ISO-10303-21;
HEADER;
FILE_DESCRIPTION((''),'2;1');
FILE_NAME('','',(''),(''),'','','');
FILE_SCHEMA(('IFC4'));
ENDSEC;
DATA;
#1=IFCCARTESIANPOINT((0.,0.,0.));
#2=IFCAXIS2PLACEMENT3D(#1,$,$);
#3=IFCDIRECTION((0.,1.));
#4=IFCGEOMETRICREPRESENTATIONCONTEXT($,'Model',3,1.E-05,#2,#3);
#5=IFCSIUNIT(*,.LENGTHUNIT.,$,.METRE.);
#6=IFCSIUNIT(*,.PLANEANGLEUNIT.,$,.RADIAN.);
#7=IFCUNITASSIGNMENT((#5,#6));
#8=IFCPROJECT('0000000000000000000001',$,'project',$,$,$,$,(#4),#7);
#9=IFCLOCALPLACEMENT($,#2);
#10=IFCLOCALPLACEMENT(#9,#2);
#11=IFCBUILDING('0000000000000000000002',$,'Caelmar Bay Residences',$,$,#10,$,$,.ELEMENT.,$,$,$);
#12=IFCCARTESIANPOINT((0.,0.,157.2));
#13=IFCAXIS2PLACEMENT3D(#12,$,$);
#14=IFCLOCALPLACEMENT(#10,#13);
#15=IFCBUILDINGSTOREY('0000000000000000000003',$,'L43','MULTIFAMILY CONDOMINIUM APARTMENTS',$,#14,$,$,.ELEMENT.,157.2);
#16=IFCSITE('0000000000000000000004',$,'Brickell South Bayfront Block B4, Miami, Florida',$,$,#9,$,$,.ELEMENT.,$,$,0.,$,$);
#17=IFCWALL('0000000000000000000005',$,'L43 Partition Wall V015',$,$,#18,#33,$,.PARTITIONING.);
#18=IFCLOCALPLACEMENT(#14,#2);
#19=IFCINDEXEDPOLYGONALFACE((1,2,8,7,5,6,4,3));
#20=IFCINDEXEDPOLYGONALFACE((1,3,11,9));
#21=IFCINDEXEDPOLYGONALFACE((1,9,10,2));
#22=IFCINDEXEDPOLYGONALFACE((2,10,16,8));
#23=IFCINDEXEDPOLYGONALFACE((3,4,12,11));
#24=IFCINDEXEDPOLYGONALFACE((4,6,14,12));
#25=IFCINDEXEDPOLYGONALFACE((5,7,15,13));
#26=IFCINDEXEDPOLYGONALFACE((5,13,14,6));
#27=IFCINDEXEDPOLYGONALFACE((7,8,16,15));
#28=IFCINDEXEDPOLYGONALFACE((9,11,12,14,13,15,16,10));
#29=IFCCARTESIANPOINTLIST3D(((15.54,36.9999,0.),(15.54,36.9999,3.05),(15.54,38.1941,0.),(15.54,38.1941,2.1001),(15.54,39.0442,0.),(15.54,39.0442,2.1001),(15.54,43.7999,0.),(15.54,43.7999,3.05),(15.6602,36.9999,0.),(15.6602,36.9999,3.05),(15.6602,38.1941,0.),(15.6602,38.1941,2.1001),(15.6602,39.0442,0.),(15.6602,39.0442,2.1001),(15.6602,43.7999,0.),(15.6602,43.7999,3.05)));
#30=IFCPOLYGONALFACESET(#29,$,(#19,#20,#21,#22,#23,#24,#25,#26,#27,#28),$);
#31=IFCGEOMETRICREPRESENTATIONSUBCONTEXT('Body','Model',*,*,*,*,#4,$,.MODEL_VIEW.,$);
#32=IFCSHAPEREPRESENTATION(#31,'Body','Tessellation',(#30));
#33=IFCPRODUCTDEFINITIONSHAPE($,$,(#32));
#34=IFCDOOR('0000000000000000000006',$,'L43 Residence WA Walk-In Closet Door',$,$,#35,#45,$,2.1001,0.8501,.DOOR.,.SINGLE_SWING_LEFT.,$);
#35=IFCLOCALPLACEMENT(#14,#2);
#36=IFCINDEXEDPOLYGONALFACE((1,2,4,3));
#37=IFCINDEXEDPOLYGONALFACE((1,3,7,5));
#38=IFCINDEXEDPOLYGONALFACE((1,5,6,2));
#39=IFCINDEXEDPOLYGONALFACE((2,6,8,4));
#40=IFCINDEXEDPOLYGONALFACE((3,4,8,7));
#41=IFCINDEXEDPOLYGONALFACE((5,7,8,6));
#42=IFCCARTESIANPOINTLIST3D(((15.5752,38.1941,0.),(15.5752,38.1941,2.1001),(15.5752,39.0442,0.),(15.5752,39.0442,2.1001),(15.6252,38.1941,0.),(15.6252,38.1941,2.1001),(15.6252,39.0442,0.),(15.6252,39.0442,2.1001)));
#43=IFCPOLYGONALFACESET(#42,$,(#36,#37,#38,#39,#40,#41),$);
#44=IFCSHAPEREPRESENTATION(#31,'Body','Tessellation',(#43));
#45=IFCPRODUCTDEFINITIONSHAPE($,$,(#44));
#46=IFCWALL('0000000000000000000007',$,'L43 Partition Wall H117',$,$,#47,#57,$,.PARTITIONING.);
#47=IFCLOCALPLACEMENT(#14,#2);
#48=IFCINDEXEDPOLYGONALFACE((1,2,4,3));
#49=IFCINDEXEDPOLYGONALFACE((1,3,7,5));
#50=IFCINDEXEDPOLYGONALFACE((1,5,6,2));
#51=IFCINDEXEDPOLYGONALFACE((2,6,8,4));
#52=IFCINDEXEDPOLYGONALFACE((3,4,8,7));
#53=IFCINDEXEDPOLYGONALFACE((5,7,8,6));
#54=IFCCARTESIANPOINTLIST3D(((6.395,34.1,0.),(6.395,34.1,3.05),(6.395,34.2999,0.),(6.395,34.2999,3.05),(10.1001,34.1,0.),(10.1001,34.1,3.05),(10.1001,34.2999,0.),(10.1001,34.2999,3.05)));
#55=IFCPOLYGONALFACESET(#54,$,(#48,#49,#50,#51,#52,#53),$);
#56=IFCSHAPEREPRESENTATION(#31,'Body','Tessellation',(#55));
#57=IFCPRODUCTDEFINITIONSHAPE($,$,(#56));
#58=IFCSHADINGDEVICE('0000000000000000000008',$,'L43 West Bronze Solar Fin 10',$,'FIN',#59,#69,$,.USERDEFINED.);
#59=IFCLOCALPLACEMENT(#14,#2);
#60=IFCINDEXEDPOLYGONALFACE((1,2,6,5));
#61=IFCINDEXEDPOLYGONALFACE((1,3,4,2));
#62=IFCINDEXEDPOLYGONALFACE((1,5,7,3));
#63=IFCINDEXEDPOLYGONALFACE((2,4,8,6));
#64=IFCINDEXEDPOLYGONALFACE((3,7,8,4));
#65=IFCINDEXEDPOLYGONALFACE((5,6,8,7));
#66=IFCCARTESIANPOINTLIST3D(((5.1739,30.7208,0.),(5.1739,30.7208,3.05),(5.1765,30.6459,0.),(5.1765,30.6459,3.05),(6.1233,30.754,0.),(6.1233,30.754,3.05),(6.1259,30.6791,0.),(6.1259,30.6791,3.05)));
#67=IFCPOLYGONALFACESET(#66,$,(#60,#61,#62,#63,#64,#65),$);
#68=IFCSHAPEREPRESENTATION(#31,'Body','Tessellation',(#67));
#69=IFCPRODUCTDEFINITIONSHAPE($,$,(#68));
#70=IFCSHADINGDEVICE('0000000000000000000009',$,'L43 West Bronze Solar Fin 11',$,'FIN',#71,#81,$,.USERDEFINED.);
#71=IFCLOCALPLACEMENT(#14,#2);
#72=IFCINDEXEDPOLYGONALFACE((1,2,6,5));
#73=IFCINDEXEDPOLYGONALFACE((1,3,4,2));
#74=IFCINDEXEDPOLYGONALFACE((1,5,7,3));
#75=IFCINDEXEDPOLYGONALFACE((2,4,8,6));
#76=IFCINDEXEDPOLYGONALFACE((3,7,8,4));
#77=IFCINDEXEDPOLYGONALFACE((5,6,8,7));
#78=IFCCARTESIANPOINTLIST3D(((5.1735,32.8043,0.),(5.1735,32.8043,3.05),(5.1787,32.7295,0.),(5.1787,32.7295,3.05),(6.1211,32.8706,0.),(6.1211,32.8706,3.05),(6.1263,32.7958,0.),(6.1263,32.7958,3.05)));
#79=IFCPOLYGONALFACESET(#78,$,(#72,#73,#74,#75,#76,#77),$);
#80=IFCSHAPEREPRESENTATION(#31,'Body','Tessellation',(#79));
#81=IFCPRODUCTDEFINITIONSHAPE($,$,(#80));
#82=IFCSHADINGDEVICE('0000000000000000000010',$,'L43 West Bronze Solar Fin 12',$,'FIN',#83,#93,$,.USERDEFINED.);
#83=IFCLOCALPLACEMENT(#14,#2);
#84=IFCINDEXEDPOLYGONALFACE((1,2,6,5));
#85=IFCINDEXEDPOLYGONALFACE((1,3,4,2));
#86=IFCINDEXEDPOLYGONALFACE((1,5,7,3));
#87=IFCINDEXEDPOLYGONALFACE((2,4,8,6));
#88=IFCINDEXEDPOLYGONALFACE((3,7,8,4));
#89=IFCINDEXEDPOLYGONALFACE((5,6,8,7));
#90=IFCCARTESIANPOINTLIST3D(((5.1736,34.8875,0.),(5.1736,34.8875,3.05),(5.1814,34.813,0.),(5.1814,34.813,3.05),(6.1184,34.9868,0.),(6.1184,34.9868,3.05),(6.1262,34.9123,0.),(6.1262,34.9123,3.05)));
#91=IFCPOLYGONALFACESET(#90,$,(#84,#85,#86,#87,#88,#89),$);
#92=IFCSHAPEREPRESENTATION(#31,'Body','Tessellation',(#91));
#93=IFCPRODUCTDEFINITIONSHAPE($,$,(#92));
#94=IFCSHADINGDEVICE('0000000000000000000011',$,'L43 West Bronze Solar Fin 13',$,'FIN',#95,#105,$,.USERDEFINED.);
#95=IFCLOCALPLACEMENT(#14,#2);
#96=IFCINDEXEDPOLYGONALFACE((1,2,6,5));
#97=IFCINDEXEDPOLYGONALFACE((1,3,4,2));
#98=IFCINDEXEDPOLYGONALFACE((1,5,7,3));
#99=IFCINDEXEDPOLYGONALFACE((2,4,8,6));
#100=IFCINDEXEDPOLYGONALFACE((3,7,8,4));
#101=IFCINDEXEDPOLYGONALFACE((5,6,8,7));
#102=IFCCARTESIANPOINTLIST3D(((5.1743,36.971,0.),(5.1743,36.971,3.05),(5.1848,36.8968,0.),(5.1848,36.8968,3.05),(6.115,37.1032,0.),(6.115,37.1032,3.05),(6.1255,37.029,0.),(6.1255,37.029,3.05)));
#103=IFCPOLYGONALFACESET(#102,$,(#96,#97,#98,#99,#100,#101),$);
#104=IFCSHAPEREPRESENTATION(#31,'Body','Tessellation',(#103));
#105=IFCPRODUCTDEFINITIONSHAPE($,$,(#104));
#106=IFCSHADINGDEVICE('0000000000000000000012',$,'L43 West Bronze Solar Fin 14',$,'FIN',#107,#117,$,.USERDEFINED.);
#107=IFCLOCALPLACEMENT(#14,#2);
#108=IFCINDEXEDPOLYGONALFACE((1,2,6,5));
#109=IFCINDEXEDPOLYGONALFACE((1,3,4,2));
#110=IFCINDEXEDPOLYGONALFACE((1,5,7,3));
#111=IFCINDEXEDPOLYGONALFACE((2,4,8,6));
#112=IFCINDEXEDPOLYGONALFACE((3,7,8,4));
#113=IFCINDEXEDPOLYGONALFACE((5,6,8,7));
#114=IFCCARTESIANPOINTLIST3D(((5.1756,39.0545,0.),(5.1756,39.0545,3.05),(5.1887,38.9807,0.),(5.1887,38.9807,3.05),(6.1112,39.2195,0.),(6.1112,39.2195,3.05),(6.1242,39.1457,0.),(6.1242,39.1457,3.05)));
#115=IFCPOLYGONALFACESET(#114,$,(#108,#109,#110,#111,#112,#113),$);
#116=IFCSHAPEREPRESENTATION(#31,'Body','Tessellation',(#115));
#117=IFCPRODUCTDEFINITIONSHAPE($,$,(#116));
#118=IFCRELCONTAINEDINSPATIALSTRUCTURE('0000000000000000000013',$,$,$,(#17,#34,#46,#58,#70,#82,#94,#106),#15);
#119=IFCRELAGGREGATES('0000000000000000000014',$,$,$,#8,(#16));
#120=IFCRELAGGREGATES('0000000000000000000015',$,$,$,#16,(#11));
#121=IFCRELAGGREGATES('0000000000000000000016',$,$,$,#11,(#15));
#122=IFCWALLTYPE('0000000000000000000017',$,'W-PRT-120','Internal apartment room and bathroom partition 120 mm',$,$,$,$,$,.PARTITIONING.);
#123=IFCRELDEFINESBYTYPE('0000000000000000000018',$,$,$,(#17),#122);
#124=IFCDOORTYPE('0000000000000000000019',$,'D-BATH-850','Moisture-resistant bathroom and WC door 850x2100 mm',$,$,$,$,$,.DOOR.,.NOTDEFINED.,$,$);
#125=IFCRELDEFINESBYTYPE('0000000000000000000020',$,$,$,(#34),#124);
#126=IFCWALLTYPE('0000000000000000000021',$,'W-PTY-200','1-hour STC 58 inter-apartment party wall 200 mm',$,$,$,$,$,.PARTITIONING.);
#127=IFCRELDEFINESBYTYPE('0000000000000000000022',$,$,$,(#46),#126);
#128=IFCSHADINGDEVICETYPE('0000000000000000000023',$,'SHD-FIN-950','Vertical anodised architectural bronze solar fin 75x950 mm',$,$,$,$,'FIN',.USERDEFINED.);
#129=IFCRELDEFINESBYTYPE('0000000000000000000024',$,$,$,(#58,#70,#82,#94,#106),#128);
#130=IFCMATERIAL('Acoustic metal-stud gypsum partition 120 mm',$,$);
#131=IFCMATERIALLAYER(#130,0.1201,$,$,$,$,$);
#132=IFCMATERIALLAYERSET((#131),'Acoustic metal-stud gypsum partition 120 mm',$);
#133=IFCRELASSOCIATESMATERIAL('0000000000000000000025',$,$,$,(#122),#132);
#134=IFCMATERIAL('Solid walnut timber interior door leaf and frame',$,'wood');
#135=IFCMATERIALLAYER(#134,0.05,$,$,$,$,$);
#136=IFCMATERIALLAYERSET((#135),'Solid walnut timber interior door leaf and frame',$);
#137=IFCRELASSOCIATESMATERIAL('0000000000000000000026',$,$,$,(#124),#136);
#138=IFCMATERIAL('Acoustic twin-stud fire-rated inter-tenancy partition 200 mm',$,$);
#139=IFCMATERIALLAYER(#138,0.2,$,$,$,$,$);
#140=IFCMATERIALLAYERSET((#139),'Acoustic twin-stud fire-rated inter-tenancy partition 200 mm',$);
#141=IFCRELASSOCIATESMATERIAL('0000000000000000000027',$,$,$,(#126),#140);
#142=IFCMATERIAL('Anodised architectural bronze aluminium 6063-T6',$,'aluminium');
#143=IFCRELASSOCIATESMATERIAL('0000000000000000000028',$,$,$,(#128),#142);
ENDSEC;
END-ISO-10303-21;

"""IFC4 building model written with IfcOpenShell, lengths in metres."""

from ifc_helpers import new_model, si_unit, direction, frame, frame_2d, origin, origin_2d, place, context, subcontext, project, spatial, rectangle, extrude, material, layer, layer_set, material_profile, profile_set, type_object, element, fill, save


model = new_model("IFC4")

# Units and contexts
model_context = context("Model", 3, precision=1e-05, world=origin(), true_north=direction((0.0, 1.0)))
body_context = subcontext(model_context, "Body", "Model", "MODEL_VIEW")
ifc_project = project(units=[si_unit("LENGTHUNIT", "METRE"), si_unit("PLANEANGLEUNIT", "RADIAN")], contexts=[model_context])

# Site, building, storey
site_placement = place(None, origin())
site = spatial("IfcSite", under=ifc_project, at=site_placement, Name="Brickell South Bayfront Block B4, Miami, Florida", CompositionType="ELEMENT", RefElevation=0.0)
building_placement = place(site_placement, origin())
building = spatial("IfcBuilding", under=site, at=building_placement, Name="Caelmar Bay Residences", CompositionType="ELEMENT")
storey_placement = place(building_placement, frame((0.0, 0.0, 157.2)))
storey = spatial("IfcBuildingStorey", under=building, at=storey_placement, Name="L43", Description="MULTIFAMILY CONDOMINIUM APARTMENTS", CompositionType="ELEMENT", Elevation=157.2)

# Wall, opening, door
ifc_material_1 = material(Name="Solid walnut timber interior door leaf and frame", Category="wood")
ifc_material_2 = material(Name="Acoustic metal-stud gypsum partition 120 mm")
ifc_layer_1 = layer(ifc_material_2, 0.1201)
ifc_layer_set_1 = layer_set([ifc_layer_1], Name="Acoustic metal-stud gypsum partition 120 mm")
wall_type_1 = type_object("IfcWallType", Name="W-PRT-120", Description="Internal apartment room and bathroom partition 120 mm", PredefinedType="PARTITIONING", material=ifc_layer_set_1)
wall_1_placement = place(storey_placement, frame((15.6001, 37.0, 0.0), z_axis=(0.0, 0.0, 1.0), x_axis=(0.0, 1.0, 0.0)))
wall_1 = element("IfcWall", 1, at=wall_1_placement, inside=storey, type_object=wall_type_1, Name="L43 Partition Wall V015", PredefinedType="PARTITIONING", context=body_context, shape_type="SweptSolid", body=[
    extrude(rectangle(XDim=6.8, YDim=0.1201, at=frame_2d((3.3999, 0.0))), origin(), (0.0, 0.0, 1.0), 3.05),
])
opening_1_placement = place(wall_1_placement, frame((1.1941, 0.0, 0.0)))
opening_1 = element("IfcOpeningElement", 2, at=opening_1_placement, cuts=wall_1, PredefinedType="OPENING", context=body_context, shape_type="SweptSolid", body=[
    extrude(rectangle(XDim=0.8501, YDim=2.1001, at=frame_2d((0.425, 1.05))), frame((0.0, 0.0701, 0.0), z_axis=(0.0, -1.0, 0.0), x_axis=(1.0, 0.0, 0.0)), (0.0, 0.0, 1.0), 0.1401),
])
ifc_layer_2 = layer(ifc_material_1, 0.05)
ifc_layer_set_2 = layer_set([ifc_layer_2], Name="Solid walnut timber interior door leaf and frame")
door_type_1 = type_object("IfcDoorType", Name="D-BATH-850", Description="Moisture-resistant bathroom and WC door 850x2100 mm", OperationType="NOTDEFINED", PredefinedType="DOOR", material=ifc_layer_set_2)
door_1_placement = place(opening_1_placement, origin())
door_1 = element("IfcDoor", 3, at=door_1_placement, inside=storey, type_object=door_type_1, Name="L43 Residence WA Walk-In Closet Door", OperationType="SINGLE_SWING_LEFT", OverallHeight=2.1001, OverallWidth=0.8501, PredefinedType="DOOR", context=body_context, shape_type="SweptSolid", body=[
    extrude(rectangle(XDim=0.8501, YDim=2.1001, at=frame_2d((0.425, 1.05))), frame((0.0, 0.0249, 0.0), z_axis=(0.0, -1.0, 0.0), x_axis=(1.0, 0.0, 0.0)), (0.0, 0.0, 1.0), 0.05),
])
fill(opening_1, door_1)

# Wall
ifc_material_3 = material(Name="Acoustic twin-stud fire-rated inter-tenancy partition 200 mm")
ifc_layer_3 = layer(ifc_material_3, 0.2)
ifc_layer_set_3 = layer_set([ifc_layer_3], Name="Acoustic twin-stud fire-rated inter-tenancy partition 200 mm")
wall_type_2 = type_object("IfcWallType", Name="W-PTY-200", Description="1-hour STC 58 inter-apartment party wall 200 mm", PredefinedType="PARTITIONING", material=ifc_layer_set_3)
wall_2_placement = place(storey_placement, frame((6.395, 34.2, 0.0), z_axis=(0.0, 0.0, 1.0), x_axis=(1.0, 0.0, 0.0)))
element("IfcWall", 4, at=wall_2_placement, inside=storey, type_object=wall_type_2, Name="L43 Partition Wall H117", PredefinedType="PARTITIONING", context=body_context, shape_type="SweptSolid", body=[
    extrude(rectangle(XDim=3.7051, YDim=0.2, at=frame_2d((1.8525, 0.0))), origin(), (0.0, 0.0, 1.0), 3.05),
])

# Shading devices
ifc_material_4 = material(Name="Anodised architectural bronze aluminium 6063-T6", Category="aluminium")
ifc_material_profile = material_profile(ifc_material_4, rectangle(XDim=0.075, YDim=0.95, at=origin_2d()), Name="BRONZE-FIN-75X950")
ifc_profile_set = profile_set([ifc_material_profile], Name="Anodised architectural bronze aluminium 6063-T6")
shading_device_type = type_object("IfcShadingDeviceType", Name="SHD-FIN-950", Description="Vertical anodised architectural bronze solar fin 75x950 mm", ElementType="FIN", PredefinedType="USERDEFINED", material=ifc_profile_set)
for number, where, z_axis, x_axis, name in (
    (5, (5.6499, 30.7, 0.0), (0.0, 0.0, 1.0), (-0.034899, 0.999391, 0.0), "L43 West Bronze Solar Fin 10"),
    (6, (5.6499, 32.8, 0.0), (0.0, 0.0, 1.0), (-0.069756, 0.997564, 0.0), "L43 West Bronze Solar Fin 11"),
    (7, (5.6499, 34.8999, 0.0), (0.0, 0.0, 1.0), (-0.104528, 0.994522, 0.0), "L43 West Bronze Solar Fin 12"),
    (8, (5.6499, 37.0, 0.0), (0.0, 0.0, 1.0), (-0.139173, 0.990268, 0.0), "L43 West Bronze Solar Fin 13"),
    (9, (5.6499, 39.1001, 0.0), (0.0, 0.0, 1.0), (-0.173648, 0.984808, 0.0), "L43 West Bronze Solar Fin 14"),
):
    element("IfcShadingDevice", number, at=place(storey_placement, frame(where, z_axis=z_axis, x_axis=x_axis)), inside=storey, type_object=shading_device_type, Name=name, ObjectType="FIN", PredefinedType="USERDEFINED", context=body_context, shape_type="SweptSolid", body=[
        extrude(rectangle(XDim=0.075, YDim=0.95, at=origin_2d()), origin(), (0.0, 0.0, 1.0), 3.05),
    ])

save(model, "model.ifc")
